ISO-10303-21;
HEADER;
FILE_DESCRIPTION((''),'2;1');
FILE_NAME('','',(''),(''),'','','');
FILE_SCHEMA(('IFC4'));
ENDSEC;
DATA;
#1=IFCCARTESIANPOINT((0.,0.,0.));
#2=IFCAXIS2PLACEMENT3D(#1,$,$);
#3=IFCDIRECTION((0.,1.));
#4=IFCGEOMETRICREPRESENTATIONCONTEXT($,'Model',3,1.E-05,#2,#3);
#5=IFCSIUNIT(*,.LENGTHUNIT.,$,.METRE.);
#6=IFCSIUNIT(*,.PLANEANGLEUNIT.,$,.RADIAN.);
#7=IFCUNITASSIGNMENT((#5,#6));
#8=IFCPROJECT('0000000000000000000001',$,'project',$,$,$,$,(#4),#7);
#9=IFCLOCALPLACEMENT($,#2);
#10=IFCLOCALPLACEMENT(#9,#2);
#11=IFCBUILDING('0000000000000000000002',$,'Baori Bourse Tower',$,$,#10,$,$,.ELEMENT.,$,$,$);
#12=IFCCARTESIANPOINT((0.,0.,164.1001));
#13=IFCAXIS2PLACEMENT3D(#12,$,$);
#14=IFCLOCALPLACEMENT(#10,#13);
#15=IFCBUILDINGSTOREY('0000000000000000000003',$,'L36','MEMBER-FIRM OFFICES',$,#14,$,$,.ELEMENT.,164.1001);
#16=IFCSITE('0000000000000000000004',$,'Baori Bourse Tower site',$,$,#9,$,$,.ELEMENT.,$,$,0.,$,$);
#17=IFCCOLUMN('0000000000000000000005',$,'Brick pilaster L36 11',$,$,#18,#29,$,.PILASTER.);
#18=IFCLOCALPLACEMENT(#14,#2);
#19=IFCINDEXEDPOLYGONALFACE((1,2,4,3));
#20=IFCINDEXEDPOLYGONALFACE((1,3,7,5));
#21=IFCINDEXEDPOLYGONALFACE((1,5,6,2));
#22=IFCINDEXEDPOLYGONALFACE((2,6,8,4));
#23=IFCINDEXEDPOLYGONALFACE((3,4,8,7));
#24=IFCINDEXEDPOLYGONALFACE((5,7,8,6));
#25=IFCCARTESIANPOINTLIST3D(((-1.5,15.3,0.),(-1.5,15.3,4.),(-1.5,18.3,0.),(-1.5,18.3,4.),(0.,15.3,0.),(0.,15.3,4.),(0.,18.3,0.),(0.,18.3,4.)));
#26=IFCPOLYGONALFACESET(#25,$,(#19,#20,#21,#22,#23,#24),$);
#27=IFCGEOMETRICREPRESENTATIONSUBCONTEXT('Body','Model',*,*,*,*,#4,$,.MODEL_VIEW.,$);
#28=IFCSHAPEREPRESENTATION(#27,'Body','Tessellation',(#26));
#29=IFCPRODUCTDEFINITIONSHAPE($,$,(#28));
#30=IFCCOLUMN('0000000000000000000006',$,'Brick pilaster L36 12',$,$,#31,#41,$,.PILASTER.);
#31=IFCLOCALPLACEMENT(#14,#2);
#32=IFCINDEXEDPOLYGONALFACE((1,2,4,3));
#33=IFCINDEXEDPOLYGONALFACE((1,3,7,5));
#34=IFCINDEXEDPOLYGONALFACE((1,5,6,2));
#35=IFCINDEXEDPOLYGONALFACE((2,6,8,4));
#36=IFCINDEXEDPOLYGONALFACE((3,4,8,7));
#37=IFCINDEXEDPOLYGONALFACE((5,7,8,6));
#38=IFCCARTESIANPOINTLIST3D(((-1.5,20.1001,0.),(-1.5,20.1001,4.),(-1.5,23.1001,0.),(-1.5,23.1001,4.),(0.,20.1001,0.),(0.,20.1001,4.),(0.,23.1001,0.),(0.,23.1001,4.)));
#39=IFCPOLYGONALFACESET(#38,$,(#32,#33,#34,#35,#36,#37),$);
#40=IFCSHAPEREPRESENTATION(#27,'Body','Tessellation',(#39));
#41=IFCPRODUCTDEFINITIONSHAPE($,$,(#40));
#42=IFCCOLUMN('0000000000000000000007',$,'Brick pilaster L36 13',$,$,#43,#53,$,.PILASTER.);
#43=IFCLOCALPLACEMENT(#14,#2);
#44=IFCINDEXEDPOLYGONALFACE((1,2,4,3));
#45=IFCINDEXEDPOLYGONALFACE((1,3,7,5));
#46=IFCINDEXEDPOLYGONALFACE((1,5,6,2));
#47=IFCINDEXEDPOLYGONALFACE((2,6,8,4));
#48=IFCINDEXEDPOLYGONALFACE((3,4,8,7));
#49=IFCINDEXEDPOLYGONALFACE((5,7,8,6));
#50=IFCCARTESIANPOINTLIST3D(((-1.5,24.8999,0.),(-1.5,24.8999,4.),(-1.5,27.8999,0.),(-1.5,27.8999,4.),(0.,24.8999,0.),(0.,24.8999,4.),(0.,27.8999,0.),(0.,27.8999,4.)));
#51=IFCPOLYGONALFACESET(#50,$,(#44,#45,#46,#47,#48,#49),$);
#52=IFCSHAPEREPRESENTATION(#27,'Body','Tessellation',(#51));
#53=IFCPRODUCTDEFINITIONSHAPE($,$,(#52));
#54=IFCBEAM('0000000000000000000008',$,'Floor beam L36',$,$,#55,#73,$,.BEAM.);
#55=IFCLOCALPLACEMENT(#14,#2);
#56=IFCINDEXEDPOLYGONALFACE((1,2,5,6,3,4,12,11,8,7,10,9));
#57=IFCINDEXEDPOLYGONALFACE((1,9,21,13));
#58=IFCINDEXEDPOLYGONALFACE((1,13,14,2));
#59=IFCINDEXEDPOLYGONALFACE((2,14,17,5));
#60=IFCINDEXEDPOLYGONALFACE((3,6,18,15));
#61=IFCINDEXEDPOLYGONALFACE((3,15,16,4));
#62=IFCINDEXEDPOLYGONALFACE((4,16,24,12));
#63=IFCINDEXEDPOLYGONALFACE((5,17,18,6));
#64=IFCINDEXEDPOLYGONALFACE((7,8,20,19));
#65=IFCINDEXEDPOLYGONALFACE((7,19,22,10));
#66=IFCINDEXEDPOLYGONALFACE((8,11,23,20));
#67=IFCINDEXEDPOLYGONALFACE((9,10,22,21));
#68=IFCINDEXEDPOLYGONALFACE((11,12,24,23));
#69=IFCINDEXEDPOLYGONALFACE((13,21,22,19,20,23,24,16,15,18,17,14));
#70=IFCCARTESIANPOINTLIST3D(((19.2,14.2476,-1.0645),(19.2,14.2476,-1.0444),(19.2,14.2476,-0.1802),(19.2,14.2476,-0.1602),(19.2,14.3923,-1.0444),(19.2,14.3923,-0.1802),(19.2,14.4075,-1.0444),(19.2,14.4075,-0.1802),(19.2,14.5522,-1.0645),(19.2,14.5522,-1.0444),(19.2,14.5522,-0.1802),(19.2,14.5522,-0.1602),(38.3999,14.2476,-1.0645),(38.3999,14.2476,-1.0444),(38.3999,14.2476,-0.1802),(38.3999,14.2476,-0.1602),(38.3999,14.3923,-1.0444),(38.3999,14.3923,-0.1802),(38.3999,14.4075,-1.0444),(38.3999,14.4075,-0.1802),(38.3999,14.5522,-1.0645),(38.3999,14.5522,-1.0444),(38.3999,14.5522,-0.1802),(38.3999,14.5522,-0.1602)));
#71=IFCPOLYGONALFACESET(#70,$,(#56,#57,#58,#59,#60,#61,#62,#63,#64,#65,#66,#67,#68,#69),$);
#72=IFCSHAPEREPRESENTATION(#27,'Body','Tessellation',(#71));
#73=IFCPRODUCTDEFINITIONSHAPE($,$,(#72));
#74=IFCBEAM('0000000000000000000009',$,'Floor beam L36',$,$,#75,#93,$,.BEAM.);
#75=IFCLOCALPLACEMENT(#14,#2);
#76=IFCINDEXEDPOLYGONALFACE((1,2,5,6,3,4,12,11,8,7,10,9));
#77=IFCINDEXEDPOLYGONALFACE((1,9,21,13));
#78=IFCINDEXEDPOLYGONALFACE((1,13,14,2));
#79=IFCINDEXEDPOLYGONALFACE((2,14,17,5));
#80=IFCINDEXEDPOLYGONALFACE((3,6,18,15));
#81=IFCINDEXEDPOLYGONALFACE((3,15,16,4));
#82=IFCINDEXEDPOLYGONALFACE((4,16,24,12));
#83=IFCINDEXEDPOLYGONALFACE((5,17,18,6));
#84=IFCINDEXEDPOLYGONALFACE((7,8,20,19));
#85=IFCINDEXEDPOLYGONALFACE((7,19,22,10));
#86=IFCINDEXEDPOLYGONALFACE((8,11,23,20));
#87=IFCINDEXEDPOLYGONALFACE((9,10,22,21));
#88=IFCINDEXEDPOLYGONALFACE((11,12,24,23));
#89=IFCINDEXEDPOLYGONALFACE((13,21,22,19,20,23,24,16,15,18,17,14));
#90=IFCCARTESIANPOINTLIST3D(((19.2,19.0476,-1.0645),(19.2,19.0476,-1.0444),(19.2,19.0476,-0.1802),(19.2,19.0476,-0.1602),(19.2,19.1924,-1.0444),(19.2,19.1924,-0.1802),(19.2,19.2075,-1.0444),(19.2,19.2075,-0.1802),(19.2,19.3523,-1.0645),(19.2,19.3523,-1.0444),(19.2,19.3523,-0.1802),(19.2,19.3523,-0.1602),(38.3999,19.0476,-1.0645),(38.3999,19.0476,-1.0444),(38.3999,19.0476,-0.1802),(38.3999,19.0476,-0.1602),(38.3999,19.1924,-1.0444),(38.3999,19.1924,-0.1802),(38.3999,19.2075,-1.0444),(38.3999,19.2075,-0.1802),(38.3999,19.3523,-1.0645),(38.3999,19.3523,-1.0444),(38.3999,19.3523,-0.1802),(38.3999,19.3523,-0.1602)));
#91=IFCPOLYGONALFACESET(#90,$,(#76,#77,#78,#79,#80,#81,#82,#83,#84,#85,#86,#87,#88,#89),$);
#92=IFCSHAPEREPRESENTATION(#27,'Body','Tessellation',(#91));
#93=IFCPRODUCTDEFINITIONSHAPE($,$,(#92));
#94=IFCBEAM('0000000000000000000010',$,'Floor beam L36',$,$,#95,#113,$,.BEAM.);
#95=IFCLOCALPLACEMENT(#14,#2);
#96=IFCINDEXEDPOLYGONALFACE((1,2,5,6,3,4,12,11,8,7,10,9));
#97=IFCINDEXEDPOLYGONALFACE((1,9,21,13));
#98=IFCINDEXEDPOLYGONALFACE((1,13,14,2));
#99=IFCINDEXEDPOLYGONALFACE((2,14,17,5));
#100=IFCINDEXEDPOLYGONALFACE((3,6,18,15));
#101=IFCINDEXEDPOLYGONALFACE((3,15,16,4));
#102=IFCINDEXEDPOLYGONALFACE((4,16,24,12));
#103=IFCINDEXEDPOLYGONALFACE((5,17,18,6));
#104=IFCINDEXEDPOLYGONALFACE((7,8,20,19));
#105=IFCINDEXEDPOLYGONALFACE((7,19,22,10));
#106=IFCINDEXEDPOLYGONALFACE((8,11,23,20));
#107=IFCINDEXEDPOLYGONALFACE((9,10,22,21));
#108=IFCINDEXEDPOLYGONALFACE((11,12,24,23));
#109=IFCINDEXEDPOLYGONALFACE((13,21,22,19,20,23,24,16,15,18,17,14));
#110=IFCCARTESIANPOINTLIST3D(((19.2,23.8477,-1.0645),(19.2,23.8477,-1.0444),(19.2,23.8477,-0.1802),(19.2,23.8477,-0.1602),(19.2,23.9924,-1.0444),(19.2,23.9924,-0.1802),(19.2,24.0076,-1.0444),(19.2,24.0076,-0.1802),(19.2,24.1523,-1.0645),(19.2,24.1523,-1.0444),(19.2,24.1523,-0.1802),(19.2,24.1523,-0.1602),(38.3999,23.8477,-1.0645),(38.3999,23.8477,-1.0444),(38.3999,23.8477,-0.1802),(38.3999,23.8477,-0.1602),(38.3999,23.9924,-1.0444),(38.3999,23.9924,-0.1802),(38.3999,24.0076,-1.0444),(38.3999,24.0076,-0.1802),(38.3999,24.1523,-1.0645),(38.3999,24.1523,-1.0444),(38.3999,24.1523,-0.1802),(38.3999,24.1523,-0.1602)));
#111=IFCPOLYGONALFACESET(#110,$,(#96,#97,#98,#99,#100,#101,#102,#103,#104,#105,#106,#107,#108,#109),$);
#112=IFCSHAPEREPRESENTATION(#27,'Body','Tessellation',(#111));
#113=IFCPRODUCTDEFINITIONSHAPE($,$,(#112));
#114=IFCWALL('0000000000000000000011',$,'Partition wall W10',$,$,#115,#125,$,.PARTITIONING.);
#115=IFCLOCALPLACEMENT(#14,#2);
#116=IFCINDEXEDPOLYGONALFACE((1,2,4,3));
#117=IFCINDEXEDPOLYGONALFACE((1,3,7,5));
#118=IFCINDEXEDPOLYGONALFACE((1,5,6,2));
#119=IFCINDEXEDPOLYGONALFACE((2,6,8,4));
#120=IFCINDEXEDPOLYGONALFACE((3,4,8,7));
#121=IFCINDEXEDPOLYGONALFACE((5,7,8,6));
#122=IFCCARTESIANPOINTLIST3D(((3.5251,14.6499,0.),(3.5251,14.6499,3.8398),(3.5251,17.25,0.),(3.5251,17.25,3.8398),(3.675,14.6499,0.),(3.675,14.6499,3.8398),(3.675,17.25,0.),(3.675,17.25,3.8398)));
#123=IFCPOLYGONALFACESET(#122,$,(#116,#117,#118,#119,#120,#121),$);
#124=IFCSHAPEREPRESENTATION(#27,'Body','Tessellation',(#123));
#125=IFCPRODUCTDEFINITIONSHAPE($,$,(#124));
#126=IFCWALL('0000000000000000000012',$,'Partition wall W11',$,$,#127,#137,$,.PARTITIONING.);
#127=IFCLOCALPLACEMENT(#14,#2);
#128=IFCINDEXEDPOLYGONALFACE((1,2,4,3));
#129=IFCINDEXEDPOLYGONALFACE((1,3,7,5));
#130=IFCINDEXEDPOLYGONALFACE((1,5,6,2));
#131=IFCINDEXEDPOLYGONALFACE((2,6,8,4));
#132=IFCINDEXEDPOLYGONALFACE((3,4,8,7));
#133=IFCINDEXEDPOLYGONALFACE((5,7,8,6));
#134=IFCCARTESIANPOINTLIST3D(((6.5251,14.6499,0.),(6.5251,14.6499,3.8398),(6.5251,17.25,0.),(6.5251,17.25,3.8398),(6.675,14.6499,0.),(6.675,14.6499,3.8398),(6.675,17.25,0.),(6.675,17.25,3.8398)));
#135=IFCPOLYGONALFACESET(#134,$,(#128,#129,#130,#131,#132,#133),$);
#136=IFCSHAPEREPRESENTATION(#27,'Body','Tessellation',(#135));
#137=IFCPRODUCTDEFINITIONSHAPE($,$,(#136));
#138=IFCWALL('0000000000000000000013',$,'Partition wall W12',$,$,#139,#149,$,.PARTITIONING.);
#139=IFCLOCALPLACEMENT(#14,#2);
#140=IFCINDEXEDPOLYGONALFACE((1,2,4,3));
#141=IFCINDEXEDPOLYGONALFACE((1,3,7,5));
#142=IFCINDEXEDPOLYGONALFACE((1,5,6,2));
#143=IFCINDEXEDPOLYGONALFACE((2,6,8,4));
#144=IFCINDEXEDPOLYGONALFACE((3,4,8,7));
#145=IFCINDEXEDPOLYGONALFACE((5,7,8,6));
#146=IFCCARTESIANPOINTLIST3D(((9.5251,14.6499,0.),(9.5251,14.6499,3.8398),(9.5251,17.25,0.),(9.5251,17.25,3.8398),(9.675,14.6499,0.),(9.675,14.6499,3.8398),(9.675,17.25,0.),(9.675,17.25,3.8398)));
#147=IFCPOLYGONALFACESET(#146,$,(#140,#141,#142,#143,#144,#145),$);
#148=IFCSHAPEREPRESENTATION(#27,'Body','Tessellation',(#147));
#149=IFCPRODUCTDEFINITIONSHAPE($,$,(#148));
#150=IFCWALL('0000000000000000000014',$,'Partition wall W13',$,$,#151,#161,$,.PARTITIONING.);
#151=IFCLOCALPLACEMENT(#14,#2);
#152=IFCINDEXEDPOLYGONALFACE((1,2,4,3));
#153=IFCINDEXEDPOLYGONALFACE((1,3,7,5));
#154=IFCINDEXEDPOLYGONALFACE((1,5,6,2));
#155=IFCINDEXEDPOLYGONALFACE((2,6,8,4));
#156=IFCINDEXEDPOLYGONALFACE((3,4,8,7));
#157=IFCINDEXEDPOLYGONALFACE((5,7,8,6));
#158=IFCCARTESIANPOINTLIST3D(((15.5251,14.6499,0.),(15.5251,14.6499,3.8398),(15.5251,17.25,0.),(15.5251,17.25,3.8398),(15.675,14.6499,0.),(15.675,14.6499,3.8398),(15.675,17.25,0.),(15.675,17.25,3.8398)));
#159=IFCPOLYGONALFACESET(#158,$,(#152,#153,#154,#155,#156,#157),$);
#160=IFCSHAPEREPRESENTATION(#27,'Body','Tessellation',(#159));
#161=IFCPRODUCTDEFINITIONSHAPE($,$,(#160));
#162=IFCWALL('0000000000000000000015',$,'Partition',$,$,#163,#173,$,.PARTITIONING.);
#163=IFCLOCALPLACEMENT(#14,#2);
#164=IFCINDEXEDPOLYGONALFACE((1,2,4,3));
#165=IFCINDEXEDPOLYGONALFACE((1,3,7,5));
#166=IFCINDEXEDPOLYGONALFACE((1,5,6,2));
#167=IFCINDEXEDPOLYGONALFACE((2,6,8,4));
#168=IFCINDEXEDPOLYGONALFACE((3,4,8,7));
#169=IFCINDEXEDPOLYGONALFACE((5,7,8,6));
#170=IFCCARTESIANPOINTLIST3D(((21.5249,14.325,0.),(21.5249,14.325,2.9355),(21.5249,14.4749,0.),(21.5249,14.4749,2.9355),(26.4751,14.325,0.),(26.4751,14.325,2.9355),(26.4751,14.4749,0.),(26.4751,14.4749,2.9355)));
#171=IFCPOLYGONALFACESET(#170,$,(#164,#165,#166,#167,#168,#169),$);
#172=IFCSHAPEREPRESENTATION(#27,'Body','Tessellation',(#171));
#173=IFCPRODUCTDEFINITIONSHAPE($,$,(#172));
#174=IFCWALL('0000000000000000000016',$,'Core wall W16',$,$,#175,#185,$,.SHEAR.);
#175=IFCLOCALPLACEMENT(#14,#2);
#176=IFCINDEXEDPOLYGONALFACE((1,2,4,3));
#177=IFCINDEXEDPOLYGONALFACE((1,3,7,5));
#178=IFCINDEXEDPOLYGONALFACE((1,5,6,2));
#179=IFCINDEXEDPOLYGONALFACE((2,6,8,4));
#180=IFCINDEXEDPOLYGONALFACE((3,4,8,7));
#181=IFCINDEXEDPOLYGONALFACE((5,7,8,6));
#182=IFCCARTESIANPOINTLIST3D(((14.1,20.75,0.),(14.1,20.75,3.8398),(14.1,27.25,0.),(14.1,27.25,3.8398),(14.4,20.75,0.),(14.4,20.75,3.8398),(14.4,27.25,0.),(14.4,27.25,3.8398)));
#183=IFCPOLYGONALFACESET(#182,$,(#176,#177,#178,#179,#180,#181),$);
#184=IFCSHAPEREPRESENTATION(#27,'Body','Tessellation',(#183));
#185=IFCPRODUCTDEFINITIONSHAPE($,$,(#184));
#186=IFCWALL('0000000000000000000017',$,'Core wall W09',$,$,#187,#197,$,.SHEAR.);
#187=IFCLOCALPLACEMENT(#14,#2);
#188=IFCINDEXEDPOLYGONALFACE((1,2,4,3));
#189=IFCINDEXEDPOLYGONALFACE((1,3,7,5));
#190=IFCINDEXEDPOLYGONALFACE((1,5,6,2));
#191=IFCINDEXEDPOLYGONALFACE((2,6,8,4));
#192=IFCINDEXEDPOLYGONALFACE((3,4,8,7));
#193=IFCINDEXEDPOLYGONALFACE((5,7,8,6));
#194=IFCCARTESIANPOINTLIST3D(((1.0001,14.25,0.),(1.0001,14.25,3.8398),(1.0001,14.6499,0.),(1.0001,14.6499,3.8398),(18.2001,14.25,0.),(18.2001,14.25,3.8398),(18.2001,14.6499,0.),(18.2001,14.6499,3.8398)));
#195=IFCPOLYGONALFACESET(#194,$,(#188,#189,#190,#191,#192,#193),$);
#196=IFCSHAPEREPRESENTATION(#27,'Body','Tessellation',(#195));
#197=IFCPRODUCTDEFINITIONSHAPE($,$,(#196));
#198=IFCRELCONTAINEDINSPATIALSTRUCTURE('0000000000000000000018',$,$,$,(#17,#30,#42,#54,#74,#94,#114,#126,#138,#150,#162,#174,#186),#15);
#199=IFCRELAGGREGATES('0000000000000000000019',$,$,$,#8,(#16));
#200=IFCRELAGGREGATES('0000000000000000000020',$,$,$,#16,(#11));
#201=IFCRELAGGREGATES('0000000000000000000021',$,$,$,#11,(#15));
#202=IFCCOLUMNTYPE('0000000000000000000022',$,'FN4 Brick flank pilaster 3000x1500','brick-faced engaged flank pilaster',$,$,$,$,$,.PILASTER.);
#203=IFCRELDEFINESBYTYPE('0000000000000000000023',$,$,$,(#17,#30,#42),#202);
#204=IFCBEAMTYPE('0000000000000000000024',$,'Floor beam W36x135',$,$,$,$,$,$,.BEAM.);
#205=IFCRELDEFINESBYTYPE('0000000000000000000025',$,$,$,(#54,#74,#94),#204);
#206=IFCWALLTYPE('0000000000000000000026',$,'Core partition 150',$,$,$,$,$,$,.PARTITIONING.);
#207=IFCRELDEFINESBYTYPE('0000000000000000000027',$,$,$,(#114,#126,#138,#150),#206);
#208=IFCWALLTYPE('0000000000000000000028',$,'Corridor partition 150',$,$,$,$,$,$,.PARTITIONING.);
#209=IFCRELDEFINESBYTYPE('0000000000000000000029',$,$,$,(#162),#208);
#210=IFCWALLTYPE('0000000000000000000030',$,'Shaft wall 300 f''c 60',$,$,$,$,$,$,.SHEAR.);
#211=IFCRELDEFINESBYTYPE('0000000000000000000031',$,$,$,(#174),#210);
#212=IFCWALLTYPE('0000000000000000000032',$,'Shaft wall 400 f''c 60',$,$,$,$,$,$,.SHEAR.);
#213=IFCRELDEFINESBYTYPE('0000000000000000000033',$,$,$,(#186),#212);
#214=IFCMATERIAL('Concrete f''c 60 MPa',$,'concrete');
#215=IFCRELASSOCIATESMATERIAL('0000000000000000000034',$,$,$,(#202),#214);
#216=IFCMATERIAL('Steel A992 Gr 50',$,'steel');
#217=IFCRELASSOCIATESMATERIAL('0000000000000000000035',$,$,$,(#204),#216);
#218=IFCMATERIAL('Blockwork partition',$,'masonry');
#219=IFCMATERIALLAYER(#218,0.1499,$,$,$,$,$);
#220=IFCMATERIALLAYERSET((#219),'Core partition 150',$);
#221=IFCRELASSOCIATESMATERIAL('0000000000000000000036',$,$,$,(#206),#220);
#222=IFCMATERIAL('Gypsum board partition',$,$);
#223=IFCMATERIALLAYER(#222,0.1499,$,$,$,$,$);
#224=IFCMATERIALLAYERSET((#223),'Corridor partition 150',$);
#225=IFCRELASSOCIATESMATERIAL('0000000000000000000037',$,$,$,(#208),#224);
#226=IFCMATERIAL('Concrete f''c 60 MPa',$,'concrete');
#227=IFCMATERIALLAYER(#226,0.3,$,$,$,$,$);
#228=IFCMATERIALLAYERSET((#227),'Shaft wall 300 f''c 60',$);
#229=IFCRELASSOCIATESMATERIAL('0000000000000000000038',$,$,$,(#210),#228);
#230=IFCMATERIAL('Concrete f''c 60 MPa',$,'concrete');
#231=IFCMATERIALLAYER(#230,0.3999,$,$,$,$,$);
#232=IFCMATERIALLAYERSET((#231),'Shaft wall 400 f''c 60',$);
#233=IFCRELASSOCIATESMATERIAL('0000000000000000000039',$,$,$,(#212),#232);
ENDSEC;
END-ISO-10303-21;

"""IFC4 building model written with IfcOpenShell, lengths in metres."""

from ifc_helpers import new_model, si_unit, direction, frame, frame_2d, origin, origin_2d, place, context, subcontext, project, spatial, rectangle, i_section, extrude, material, layer, layer_set, material_profile, profile_set, type_object, element, save


model = new_model("IFC4")

# Units and contexts
model_context = context("Model", 3, precision=1e-05, world=origin(), true_north=direction((0.0, 1.0)))
body_context = subcontext(model_context, "Body", "Model", "MODEL_VIEW")
ifc_project = project(units=[si_unit("LENGTHUNIT", "METRE"), si_unit("PLANEANGLEUNIT", "RADIAN")], contexts=[model_context])

# Site, building, storey
site_placement = place(None, origin())
site = spatial("IfcSite", under=ifc_project, at=site_placement, Name="Baori Bourse Tower site", CompositionType="ELEMENT", RefElevation=0.0)
building_placement = place(site_placement, origin())
building = spatial("IfcBuilding", under=site, at=building_placement, Name="Baori Bourse Tower", CompositionType="ELEMENT")
storey_placement = place(building_placement, frame((0.0, 0.0, 164.1001)))
storey = spatial("IfcBuildingStorey", under=building, at=storey_placement, Name="L36", Description="MEMBER-FIRM OFFICES", CompositionType="ELEMENT", Elevation=164.1001)

# Columns
ifc_material_1 = material(Name="Concrete f'c 60 MPa", Category="concrete")
ifc_material_profile_1 = material_profile(ifc_material_1, rectangle(XDim=3.0, YDim=1.5, at=origin_2d()), Name="RC 3000x1500")
ifc_profile_set_1 = profile_set([ifc_material_profile_1], Name="Concrete f'c 60 MPa")
column_type = type_object("IfcColumnType", Name="FN4 Brick flank pilaster 3000x1500", Description="brick-faced engaged flank pilaster", PredefinedType="PILASTER", material=ifc_profile_set_1)
for number, where, z_axis, x_axis, name in (
    (1, (-0.75, 16.8, 0.0), (0.0, 0.0, 1.0), (0.0, 1.0, 0.0), "Brick pilaster L36 11"),
    (2, (-0.75, 21.6001, 0.0), (0.0, 0.0, 1.0), (0.0, 1.0, 0.0), "Brick pilaster L36 12"),
    (3, (-0.75, 26.3999, 0.0), (0.0, 0.0, 1.0), (0.0, 1.0, 0.0), "Brick pilaster L36 13"),
):
    element("IfcColumn", number, at=place(storey_placement, frame(where, z_axis=z_axis, x_axis=x_axis)), inside=storey, type_object=column_type, Name=name, PredefinedType="PILASTER", context=body_context, shape_type="SweptSolid", body=[
        extrude(rectangle(XDim=3.0, YDim=1.5, at=origin_2d()), origin(), (0.0, 0.0, 1.0), 4.0),
    ])

# Beams
ifc_material_2 = material(Name="Steel A992 Gr 50", Category="steel")
ifc_material_profile_2 = material_profile(ifc_material_2, i_section(OverallWidth=0.3047, OverallDepth=0.9043, WebThickness=0.0151, FlangeThickness=0.02, at=origin_2d()), Name="W36x135")
ifc_profile_set_2 = profile_set([ifc_material_profile_2], Name="Steel A992 Gr 50")
beam_type = type_object("IfcBeamType", Name="Floor beam W36x135", PredefinedType="BEAM", material=ifc_profile_set_2)
for number, where, z_axis, x_axis, name in (
    (4, (19.2, 14.3999, -0.6123), (1.0, 0.0, 0.0), (0.0, 1.0, 0.0), "Floor beam L36"),
    (5, (19.2, 19.2, -0.6123), (1.0, 0.0, 0.0), (0.0, 1.0, 0.0), "Floor beam L36"),
    (6, (19.2, 24.0, -0.6123), (1.0, 0.0, 0.0), (0.0, 1.0, 0.0), "Floor beam L36"),
):
    element("IfcBeam", number, at=place(storey_placement, frame(where, z_axis=z_axis, x_axis=x_axis)), inside=storey, type_object=beam_type, Name=name, PredefinedType="BEAM", context=body_context, shape_type="SweptSolid", body=[
        extrude(i_section(OverallWidth=0.3047, OverallDepth=0.9043, WebThickness=0.0151, FlangeThickness=0.02, at=origin_2d()), origin(), (0.0, 0.0, 1.0), 19.2),
    ])

# Walls
ifc_material_3 = material(Name="Blockwork partition", Category="masonry")
ifc_layer_1 = layer(ifc_material_3, 0.1499)
ifc_layer_set_1 = layer_set([ifc_layer_1], Name="Core partition 150")
wall_type_1 = type_object("IfcWallType", Name="Core partition 150", PredefinedType="PARTITIONING", material=ifc_layer_set_1)
for number, where, z_axis, x_axis, name in (
    (7, (3.6001, 14.6499, 0.0), (0.0, 0.0, 1.0), (0.0, 1.0, 0.0), "Partition wall W10"),
    (8, (6.6001, 14.6499, 0.0), (0.0, 0.0, 1.0), (0.0, 1.0, 0.0), "Partition wall W11"),
    (9, (9.6001, 14.6499, 0.0), (0.0, 0.0, 1.0), (0.0, 1.0, 0.0), "Partition wall W12"),
    (10, (15.6001, 14.6499, 0.0), (0.0, 0.0, 1.0), (0.0, 1.0, 0.0), "Partition wall W13"),
):
    element("IfcWall", number, at=place(storey_placement, frame(where, z_axis=z_axis, x_axis=x_axis)), inside=storey, type_object=wall_type_1, Name=name, PredefinedType="PARTITIONING", context=body_context, shape_type="SweptSolid", body=[
        extrude(rectangle(XDim=2.6001, YDim=0.1499, at=frame_2d((1.3, 0.0))), origin(), (0.0, 0.0, 1.0), 3.8398),
    ])
ifc_material_4 = material(Name="Gypsum board partition")
ifc_layer_2 = layer(ifc_material_4, 0.1499)
ifc_layer_set_2 = layer_set([ifc_layer_2], Name="Corridor partition 150")
wall_type_2 = type_object("IfcWallType", Name="Corridor partition 150", PredefinedType="PARTITIONING", material=ifc_layer_set_2)
wall_1_placement = place(storey_placement, frame((21.5249, 14.3999, 0.0), z_axis=(0.0, 0.0, 1.0), x_axis=(1.0, 0.0, 0.0)))
element("IfcWall", 11, at=wall_1_placement, inside=storey, type_object=wall_type_2, Name="Partition", PredefinedType="PARTITIONING", context=body_context, shape_type="SweptSolid", body=[
    extrude(rectangle(XDim=4.9502, YDim=0.1499, at=frame_2d((2.4751, 0.0))), origin(), (0.0, 0.0, 1.0), 2.9355),
])
ifc_material_5 = material(Name="Concrete f'c 60 MPa", Category="concrete")
ifc_layer_3 = layer(ifc_material_5, 0.3)
ifc_layer_set_3 = layer_set([ifc_layer_3], Name="Shaft wall 300 f'c 60")
wall_type_3 = type_object("IfcWallType", Name="Shaft wall 300 f'c 60", PredefinedType="SHEAR", material=ifc_layer_set_3)
wall_2_placement = place(storey_placement, frame((14.25, 20.75, 0.0), z_axis=(0.0, 0.0, 1.0), x_axis=(0.0, 1.0, 0.0)))
element("IfcWall", 12, at=wall_2_placement, inside=storey, type_object=wall_type_3, Name="Core wall W16", PredefinedType="SHEAR", context=body_context, shape_type="SweptSolid", body=[
    extrude(rectangle(XDim=6.5, YDim=0.3, at=frame_2d((3.25, 0.0))), origin(), (0.0, 0.0, 1.0), 3.8398),
])
ifc_material_6 = material(Name="Concrete f'c 60 MPa", Category="concrete")
ifc_layer_4 = layer(ifc_material_6, 0.3999)
ifc_layer_set_4 = layer_set([ifc_layer_4], Name="Shaft wall 400 f'c 60")
wall_type_4 = type_object("IfcWallType", Name="Shaft wall 400 f'c 60", PredefinedType="SHEAR", material=ifc_layer_set_4)
wall_3_placement = place(storey_placement, frame((1.0, 14.45, 0.0), z_axis=(0.0, 0.0, 1.0), x_axis=(1.0, 0.0, 0.0)))
element("IfcWall", 13, at=wall_3_placement, inside=storey, type_object=wall_type_4, Name="Core wall W09", PredefinedType="SHEAR", context=body_context, shape_type="SweptSolid", body=[
    extrude(rectangle(XDim=17.2, YDim=0.3999, at=frame_2d((8.6001, 0.0))), origin(), (0.0, 0.0, 1.0), 3.8398),
])

save(model, "model.ifc")
